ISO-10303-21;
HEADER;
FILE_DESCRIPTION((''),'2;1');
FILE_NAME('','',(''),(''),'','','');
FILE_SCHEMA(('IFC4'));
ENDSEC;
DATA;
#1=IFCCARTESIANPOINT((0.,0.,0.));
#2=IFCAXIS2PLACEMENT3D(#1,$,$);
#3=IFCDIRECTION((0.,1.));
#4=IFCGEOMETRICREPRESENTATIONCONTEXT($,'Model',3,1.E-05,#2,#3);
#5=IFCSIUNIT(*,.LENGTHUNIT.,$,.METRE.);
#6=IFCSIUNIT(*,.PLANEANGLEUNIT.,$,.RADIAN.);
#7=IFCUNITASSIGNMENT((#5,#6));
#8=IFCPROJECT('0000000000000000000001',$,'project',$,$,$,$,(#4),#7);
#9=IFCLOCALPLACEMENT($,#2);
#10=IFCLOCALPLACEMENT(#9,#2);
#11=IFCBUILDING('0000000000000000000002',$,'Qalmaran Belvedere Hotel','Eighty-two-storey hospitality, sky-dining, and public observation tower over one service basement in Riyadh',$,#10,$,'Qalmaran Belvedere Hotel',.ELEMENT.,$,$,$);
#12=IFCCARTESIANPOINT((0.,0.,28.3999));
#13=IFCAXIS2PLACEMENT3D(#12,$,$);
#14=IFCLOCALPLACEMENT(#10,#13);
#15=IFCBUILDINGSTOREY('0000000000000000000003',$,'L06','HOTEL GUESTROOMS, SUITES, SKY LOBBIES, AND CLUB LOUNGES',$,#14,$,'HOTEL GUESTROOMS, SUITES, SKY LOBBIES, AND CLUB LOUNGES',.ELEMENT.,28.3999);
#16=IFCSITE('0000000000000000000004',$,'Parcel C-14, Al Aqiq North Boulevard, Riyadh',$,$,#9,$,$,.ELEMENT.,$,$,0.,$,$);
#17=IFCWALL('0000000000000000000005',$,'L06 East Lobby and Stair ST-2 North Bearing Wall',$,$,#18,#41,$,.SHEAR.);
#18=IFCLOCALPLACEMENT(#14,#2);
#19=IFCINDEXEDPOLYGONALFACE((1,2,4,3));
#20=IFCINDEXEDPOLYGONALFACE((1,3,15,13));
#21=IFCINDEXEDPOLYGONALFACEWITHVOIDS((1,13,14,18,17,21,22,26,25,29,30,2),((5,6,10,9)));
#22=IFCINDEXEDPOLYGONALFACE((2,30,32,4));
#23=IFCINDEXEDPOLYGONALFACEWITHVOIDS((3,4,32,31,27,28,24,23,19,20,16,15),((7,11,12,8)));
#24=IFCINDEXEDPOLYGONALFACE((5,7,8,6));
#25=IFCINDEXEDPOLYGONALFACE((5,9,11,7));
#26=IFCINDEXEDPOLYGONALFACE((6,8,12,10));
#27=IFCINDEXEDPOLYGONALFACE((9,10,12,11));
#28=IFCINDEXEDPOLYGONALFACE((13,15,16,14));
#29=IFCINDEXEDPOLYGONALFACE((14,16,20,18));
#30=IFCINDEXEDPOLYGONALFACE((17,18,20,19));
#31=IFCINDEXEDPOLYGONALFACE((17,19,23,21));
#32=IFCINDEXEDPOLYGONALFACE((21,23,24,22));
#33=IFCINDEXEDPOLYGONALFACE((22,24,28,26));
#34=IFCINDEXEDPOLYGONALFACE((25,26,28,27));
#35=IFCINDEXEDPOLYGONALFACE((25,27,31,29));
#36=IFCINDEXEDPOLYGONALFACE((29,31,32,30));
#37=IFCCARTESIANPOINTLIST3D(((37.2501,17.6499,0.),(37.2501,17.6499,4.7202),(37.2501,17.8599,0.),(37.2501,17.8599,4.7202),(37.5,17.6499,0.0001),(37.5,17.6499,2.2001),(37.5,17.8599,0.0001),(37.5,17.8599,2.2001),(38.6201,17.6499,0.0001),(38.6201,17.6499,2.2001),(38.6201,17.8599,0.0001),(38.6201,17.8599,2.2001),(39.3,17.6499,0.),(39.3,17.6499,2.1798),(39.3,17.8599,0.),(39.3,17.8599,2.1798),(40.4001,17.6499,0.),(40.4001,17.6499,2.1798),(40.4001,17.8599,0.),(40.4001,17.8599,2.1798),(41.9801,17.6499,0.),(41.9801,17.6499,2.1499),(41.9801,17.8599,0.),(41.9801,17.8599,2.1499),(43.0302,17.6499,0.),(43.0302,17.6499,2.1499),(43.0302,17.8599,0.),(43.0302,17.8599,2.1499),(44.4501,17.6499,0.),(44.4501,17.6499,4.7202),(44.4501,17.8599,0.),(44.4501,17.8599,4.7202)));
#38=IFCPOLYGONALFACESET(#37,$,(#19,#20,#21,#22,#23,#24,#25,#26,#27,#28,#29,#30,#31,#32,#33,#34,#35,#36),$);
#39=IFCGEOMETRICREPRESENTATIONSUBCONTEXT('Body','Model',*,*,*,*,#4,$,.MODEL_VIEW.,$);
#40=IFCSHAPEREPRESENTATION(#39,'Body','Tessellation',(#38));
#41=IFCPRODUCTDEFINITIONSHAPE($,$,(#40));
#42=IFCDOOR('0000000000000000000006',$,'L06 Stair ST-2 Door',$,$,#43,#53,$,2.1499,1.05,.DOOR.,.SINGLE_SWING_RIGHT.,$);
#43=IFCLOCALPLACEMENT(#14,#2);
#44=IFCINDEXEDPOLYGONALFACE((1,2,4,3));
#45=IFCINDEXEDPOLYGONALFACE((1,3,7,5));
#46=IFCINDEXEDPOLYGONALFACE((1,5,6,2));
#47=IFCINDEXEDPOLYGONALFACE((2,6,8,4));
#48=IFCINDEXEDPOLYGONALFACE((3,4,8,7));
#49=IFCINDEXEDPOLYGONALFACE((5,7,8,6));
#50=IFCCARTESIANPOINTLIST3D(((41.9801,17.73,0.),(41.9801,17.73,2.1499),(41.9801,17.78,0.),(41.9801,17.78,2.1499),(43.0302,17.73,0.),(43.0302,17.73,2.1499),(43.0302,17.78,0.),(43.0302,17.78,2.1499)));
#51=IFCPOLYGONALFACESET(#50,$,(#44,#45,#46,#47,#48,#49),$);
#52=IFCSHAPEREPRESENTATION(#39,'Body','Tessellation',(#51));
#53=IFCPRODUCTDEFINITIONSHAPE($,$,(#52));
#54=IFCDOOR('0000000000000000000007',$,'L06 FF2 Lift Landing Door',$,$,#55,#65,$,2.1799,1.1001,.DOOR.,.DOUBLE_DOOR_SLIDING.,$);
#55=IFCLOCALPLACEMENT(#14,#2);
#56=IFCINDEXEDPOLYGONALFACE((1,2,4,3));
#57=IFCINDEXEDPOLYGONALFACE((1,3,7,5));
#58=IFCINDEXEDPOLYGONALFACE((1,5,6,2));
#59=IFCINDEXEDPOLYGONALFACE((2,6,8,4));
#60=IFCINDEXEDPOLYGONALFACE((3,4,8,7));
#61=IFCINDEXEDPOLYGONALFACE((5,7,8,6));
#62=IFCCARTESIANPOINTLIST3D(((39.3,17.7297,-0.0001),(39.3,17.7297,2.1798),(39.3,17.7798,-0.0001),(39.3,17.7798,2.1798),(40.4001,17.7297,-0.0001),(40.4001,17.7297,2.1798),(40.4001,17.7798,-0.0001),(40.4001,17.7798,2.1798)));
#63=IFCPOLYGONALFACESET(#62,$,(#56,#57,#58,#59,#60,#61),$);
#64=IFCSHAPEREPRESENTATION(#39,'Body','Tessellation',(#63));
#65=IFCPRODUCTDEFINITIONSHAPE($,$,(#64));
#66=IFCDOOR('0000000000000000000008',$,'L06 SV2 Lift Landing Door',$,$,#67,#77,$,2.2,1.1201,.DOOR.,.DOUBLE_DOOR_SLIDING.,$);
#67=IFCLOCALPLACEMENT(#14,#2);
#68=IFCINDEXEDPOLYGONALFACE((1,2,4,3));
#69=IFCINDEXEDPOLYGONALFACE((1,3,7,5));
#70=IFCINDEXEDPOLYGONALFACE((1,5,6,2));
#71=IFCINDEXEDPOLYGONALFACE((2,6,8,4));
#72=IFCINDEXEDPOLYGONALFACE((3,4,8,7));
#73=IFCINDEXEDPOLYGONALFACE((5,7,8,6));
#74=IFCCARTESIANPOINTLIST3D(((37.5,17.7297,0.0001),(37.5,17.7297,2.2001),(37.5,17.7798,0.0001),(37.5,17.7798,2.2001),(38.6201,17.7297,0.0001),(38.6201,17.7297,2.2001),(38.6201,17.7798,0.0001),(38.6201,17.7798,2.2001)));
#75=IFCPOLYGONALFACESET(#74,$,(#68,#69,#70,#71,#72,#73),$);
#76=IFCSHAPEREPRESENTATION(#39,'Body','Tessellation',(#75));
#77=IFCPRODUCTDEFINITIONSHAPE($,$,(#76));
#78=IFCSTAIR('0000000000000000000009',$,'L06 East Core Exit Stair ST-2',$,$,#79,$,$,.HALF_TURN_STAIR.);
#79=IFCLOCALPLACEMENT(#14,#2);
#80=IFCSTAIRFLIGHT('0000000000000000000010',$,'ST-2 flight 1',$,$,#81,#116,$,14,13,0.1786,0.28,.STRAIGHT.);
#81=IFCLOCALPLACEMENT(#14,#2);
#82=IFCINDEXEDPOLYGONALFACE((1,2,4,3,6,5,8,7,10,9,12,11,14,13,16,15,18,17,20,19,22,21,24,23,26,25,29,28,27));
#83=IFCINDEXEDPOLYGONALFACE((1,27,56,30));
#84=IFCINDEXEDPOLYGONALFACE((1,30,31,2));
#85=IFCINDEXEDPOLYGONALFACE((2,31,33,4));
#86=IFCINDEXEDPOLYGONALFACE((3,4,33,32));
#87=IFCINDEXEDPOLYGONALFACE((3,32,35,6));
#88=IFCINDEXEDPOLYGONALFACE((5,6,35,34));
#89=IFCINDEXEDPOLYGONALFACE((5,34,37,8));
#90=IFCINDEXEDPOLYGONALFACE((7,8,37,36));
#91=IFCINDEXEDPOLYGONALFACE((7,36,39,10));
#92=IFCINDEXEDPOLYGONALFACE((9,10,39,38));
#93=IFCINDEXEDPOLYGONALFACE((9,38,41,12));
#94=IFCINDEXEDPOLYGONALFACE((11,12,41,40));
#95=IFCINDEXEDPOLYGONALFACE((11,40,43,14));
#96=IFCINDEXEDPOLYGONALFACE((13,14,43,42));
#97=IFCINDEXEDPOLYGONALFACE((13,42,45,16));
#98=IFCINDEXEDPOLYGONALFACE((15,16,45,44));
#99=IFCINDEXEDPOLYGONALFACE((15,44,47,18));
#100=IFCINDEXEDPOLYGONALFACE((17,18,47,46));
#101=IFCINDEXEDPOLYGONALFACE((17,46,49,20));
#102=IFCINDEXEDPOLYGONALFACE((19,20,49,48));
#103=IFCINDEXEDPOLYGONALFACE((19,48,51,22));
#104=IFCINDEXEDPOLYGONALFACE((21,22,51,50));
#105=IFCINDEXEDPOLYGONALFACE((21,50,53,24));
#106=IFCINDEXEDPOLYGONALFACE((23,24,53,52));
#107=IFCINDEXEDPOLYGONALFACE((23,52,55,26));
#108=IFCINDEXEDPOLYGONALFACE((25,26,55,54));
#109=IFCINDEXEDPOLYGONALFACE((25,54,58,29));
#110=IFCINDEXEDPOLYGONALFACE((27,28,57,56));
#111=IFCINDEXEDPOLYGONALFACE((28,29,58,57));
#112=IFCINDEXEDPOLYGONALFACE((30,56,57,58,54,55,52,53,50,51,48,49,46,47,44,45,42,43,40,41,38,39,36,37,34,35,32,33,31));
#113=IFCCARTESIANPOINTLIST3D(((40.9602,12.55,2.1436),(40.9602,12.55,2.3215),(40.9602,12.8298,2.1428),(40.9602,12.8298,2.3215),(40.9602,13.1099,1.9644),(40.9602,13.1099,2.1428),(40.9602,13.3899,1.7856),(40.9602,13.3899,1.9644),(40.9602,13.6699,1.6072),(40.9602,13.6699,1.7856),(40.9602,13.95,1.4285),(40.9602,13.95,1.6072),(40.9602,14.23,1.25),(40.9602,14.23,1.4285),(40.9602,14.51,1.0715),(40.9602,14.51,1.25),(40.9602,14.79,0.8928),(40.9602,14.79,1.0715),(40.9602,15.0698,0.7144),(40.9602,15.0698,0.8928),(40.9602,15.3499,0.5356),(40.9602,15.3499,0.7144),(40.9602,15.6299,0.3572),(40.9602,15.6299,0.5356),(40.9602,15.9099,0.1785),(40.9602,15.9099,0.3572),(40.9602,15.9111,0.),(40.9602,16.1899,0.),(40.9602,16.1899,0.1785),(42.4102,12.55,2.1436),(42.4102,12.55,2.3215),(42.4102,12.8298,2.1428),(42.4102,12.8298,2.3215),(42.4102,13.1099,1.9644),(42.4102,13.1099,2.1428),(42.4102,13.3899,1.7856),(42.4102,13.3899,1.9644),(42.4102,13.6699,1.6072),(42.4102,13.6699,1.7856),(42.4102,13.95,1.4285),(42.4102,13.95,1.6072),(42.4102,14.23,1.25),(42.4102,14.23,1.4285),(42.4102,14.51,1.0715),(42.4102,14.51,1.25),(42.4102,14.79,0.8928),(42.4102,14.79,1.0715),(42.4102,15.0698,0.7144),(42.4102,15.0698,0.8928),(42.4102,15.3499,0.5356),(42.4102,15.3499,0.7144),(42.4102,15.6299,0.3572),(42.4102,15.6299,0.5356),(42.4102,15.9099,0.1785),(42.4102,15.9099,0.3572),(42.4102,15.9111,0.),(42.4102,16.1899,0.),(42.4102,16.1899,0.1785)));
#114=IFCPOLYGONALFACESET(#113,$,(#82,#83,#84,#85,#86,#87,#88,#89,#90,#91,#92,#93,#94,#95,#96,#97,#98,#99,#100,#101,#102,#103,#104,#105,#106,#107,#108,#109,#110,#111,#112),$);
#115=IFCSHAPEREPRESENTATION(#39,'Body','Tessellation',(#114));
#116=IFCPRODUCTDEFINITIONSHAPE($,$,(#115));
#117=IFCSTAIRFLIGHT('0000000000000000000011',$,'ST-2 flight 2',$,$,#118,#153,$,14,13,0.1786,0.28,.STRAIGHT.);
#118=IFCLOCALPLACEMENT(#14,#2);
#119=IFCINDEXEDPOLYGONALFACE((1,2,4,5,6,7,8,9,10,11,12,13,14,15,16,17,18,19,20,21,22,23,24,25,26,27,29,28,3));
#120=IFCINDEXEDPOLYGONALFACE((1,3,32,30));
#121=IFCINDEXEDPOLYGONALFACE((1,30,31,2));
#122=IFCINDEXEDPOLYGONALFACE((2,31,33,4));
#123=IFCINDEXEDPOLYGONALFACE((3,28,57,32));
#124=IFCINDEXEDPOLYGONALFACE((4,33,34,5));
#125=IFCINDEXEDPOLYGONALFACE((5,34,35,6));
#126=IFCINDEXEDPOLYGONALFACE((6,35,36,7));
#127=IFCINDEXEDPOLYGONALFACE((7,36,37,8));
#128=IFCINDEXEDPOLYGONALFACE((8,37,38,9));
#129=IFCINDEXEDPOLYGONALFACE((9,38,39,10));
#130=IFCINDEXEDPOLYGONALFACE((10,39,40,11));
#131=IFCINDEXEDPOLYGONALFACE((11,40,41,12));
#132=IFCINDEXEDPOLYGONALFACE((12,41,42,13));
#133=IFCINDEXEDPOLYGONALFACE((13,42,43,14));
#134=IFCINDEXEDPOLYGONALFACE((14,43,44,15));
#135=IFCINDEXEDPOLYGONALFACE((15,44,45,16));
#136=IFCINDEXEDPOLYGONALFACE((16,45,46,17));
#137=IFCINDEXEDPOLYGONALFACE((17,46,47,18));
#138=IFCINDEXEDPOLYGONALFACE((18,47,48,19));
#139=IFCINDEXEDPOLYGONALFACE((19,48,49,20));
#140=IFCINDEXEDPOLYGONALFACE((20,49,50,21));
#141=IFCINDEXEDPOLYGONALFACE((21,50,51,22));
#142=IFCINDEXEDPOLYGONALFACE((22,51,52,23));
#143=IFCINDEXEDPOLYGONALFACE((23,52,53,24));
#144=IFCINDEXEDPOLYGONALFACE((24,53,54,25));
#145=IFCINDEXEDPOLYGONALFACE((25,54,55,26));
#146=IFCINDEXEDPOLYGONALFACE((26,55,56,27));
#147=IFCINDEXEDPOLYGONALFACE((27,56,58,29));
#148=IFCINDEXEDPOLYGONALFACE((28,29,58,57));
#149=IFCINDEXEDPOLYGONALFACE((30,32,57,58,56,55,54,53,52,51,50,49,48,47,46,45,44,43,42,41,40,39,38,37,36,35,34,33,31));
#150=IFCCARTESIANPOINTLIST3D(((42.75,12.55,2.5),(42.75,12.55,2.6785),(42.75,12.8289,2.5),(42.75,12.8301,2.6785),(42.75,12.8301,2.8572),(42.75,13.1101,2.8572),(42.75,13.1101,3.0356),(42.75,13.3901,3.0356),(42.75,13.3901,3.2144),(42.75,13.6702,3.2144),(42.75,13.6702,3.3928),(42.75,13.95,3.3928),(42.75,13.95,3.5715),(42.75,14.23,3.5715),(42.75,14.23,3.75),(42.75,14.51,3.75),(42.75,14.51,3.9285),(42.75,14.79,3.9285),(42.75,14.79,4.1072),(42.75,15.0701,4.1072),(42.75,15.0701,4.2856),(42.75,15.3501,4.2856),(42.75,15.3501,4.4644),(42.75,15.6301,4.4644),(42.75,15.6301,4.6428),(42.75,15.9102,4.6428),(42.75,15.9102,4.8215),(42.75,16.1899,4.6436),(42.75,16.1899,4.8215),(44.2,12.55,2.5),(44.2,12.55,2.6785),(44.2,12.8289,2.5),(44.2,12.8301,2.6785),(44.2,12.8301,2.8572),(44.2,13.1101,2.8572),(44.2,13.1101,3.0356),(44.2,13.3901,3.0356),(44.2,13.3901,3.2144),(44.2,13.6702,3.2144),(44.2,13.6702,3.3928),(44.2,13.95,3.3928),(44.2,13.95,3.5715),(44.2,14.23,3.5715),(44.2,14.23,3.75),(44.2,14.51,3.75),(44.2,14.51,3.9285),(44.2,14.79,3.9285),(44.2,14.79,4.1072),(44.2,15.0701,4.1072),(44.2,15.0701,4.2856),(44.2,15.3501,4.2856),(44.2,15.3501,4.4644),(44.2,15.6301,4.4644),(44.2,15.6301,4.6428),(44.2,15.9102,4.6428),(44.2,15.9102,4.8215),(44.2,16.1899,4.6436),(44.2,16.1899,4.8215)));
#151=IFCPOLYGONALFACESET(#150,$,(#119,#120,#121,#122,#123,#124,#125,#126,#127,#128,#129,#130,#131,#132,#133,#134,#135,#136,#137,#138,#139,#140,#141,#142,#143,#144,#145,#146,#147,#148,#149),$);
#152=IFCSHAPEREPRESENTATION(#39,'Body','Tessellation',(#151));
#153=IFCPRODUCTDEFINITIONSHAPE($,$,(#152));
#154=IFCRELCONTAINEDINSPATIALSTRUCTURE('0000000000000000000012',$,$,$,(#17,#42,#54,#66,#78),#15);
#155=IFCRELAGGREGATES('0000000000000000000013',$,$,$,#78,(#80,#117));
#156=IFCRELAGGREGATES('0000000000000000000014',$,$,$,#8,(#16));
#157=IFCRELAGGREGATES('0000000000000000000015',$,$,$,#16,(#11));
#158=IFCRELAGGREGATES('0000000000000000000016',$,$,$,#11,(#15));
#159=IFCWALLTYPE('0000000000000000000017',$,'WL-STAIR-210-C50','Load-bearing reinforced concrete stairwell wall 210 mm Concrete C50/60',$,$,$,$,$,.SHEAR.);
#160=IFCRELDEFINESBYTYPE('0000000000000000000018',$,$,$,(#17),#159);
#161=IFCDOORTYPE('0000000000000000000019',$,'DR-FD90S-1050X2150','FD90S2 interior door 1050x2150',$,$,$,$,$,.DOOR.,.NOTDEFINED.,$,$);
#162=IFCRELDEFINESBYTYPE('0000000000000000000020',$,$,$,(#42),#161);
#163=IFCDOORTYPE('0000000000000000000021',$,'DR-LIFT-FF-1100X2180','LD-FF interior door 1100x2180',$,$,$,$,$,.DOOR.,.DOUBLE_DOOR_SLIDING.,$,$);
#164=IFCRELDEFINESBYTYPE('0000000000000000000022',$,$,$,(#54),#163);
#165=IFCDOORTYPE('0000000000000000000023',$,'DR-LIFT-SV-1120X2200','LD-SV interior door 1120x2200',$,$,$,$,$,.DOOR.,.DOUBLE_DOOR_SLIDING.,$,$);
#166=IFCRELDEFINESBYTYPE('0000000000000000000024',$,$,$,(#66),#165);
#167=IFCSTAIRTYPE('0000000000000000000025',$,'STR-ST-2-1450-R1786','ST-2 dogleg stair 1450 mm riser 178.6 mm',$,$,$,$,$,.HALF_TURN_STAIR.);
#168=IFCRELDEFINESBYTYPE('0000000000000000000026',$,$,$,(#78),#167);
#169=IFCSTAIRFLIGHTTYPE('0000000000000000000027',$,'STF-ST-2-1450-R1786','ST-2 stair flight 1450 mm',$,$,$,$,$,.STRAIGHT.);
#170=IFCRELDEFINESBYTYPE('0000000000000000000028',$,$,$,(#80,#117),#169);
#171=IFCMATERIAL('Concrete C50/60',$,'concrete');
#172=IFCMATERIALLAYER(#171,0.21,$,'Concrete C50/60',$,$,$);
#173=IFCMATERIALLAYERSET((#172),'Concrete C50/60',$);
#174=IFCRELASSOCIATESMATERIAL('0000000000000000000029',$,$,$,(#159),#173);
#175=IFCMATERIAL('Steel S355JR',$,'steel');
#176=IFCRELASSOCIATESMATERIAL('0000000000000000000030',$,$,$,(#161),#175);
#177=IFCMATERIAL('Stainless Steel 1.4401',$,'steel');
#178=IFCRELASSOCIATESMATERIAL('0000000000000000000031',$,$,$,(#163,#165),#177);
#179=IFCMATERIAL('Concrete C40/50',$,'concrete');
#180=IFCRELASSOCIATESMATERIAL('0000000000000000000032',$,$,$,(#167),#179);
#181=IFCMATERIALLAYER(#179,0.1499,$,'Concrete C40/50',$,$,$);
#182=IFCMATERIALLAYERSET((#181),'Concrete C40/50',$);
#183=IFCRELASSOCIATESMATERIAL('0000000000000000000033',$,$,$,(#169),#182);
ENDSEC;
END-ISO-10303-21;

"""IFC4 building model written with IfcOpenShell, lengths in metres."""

from ifc_helpers import new_model, si_unit, direction, frame, frame_2d, origin, place, context, subcontext, project, spatial, polyline, rectangle, outline, extrude, material, layer, layer_set, type_object, element, fill, aggregate, save


model = new_model("IFC4")

# Units and contexts
model_context = context("Model", 3, precision=1e-05, world=origin(), true_north=direction((0.0, 1.0)))
body_context = subcontext(model_context, "Body", "Model", "MODEL_VIEW")
ifc_project = project(units=[si_unit("LENGTHUNIT", "METRE"), si_unit("PLANEANGLEUNIT", "RADIAN")], contexts=[model_context])

# Site, building, storey
site_placement = place(None, origin())
site = spatial("IfcSite", under=ifc_project, at=site_placement, Name="Parcel C-14, Al Aqiq North Boulevard, Riyadh", CompositionType="ELEMENT", RefElevation=0.0)
building_placement = place(site_placement, origin())
building = spatial("IfcBuilding", under=site, at=building_placement, Name="Qalmaran Belvedere Hotel", Description="Eighty-two-storey hospitality, sky-dining, and public observation tower over one service basement in Riyadh", LongName="Qalmaran Belvedere Hotel", CompositionType="ELEMENT")
storey_placement = place(building_placement, frame((0.0, 0.0, 28.3999)))
storey = spatial("IfcBuildingStorey", under=building, at=storey_placement, Name="L06", Description="HOTEL GUESTROOMS, SUITES, SKY LOBBIES, AND CLUB LOUNGES", LongName="HOTEL GUESTROOMS, SUITES, SKY LOBBIES, AND CLUB LOUNGES", CompositionType="ELEMENT", Elevation=28.3999)

# Shared definitions
ifc_material_1 = material(Name="Steel S355JR", Category="steel")

# Wall, openings, doors
ifc_material_2 = material(Name="Concrete C50/60", Category="concrete")
ifc_layer_1 = layer(ifc_material_2, 0.21, Name="Concrete C50/60")
ifc_layer_set_1 = layer_set([ifc_layer_1], Name="Concrete C50/60")
wall_type_1 = type_object("IfcWallType", Name="WL-STAIR-210-C50", Description="Load-bearing reinforced concrete stairwell wall 210 mm Concrete C50/60", PredefinedType="SHEAR", material=ifc_layer_set_1)
wall_1_placement = place(storey_placement, frame((37.25, 17.7549, 0.0), z_axis=(0.0, 0.0, 1.0), x_axis=(1.0, 0.0, 0.0)))
wall_1 = element("IfcWall", 1, at=wall_1_placement, inside=storey, type_object=wall_type_1, Name="L06 East Lobby and Stair ST-2 North Bearing Wall", PredefinedType="SHEAR", context=body_context, shape_type="SweptSolid", body=[
    extrude(rectangle(XDim=7.2, YDim=0.21, at=frame_2d((3.6001, 0.0))), origin(), (0.0, 0.0, 1.0), 4.7202),
])
opening_1_placement = place(wall_1_placement, frame((0.25, 0.0, 0.0)))
opening_1 = element("IfcOpeningElement", 2, at=opening_1_placement, cuts=wall_1, PredefinedType="OPENING", context=body_context, shape_type="SweptSolid", body=[
    extrude(rectangle(XDim=1.1201, YDim=2.2, at=frame_2d((0.5601, 1.1001))), frame((0.0, 0.115, 0.0), z_axis=(0.0, -1.0, 0.0), x_axis=(1.0, 0.0, 0.0)), (0.0, 0.0, 1.0), 0.23),
])
opening_2_placement = place(wall_1_placement, frame((2.05, 0.0, 0.0)))
opening_2 = element("IfcOpeningElement", 3, at=opening_2_placement, cuts=wall_1, PredefinedType="OPENING", context=body_context, shape_type="SweptSolid", body=[
    extrude(rectangle(XDim=1.1001, YDim=2.1799, at=frame_2d((0.55, 1.0898))), frame((0.0, 0.115, 0.0), z_axis=(0.0, -1.0, 0.0), x_axis=(1.0, 0.0, 0.0)), (0.0, 0.0, 1.0), 0.23),
])
opening_3_placement = place(wall_1_placement, frame((5.78, 0.0, 0.0), z_axis=(0.0, 0.0, 1.0), x_axis=(-1.0, 0.0, 0.0)))
opening_3 = element("IfcOpeningElement", 4, at=opening_3_placement, cuts=wall_1, PredefinedType="OPENING", context=body_context, shape_type="SweptSolid", body=[
    extrude(rectangle(XDim=1.05, YDim=2.1499, at=frame_2d((0.5249, 1.075))), frame((0.0, 0.115, 0.0), z_axis=(0.0, -1.0, 0.0), x_axis=(1.0, 0.0, 0.0)), (0.0, 0.0, 1.0), 0.23),
])
door_type_1 = type_object("IfcDoorType", Name="DR-FD90S-1050X2150", Description="FD90S2 interior door 1050x2150", OperationType="NOTDEFINED", PredefinedType="DOOR", material=ifc_material_1)
door_1_placement = place(opening_3_placement, origin())
door_1 = element("IfcDoor", 5, at=door_1_placement, inside=storey, type_object=door_type_1, Name="L06 Stair ST-2 Door", OperationType="SINGLE_SWING_RIGHT", OverallHeight=2.1499, OverallWidth=1.05, PredefinedType="DOOR", context=body_context, shape_type="SweptSolid", body=[
    extrude(rectangle(XDim=1.05, YDim=2.1499, at=frame_2d((0.5249, 1.075))), frame((0.0, 0.0249, 0.0), z_axis=(0.0, -1.0, 0.0), x_axis=(1.0, 0.0, 0.0)), (0.0, 0.0, 1.0), 0.05),
])
fill(opening_3, door_1)
ifc_material_3 = material(Name="Stainless Steel 1.4401", Category="steel")
door_type_2 = type_object("IfcDoorType", Name="DR-LIFT-FF-1100X2180", Description="LD-FF interior door 1100x2180", OperationType="DOUBLE_DOOR_SLIDING", PredefinedType="DOOR", material=ifc_material_3)
door_2_placement = place(opening_2_placement, origin())
door_2 = element("IfcDoor", 6, at=door_2_placement, inside=storey, type_object=door_type_2, Name="L06 FF2 Lift Landing Door", OperationType="DOUBLE_DOOR_SLIDING", OverallHeight=2.1799, OverallWidth=1.1001, PredefinedType="DOOR", context=body_context, shape_type="SweptSolid", body=[
    extrude(rectangle(XDim=1.1001, YDim=2.1799, at=frame_2d((0.55, 1.0898))), frame((0.0, 0.0249, 0.0), z_axis=(0.0, -1.0, 0.0), x_axis=(1.0, 0.0, 0.0)), (0.0, 0.0, 1.0), 0.05),
])
fill(opening_2, door_2)
door_type_3 = type_object("IfcDoorType", Name="DR-LIFT-SV-1120X2200", Description="LD-SV interior door 1120x2200", OperationType="DOUBLE_DOOR_SLIDING", PredefinedType="DOOR", material=ifc_material_3)
door_3_placement = place(opening_1_placement, origin())
door_3 = element("IfcDoor", 7, at=door_3_placement, inside=storey, type_object=door_type_3, Name="L06 SV2 Lift Landing Door", OperationType="DOUBLE_DOOR_SLIDING", OverallHeight=2.2, OverallWidth=1.1201, PredefinedType="DOOR", context=body_context, shape_type="SweptSolid", body=[
    extrude(rectangle(XDim=1.1201, YDim=2.2, at=frame_2d((0.5601, 1.1001))), frame((0.0, 0.0249, 0.0), z_axis=(0.0, -1.0, 0.0), x_axis=(1.0, 0.0, 0.0)), (0.0, 0.0, 1.0), 0.05),
])
fill(opening_1, door_3)

# Stair, stair flights
ifc_material_4 = material(Name="Concrete C40/50", Category="concrete")
stair_type = type_object("IfcStairType", Name="STR-ST-2-1450-R1786", Description="ST-2 dogleg stair 1450 mm riser 178.6 mm", PredefinedType="HALF_TURN_STAIR", material=ifc_material_4)
stair_placement = place(storey_placement, origin())
stair = element("IfcStair", 8, at=stair_placement, inside=storey, type_object=stair_type, Name="L06 East Core Exit Stair ST-2", PredefinedType="HALF_TURN_STAIR")
ifc_layer_2 = layer(ifc_material_4, 0.1499, Name="Concrete C40/50")
ifc_layer_set_2 = layer_set([ifc_layer_2], Name="Concrete C40/50")
stair_flight_type = type_object("IfcStairFlightType", Name="STF-ST-2-1450-R1786", Description="ST-2 stair flight 1450 mm", PredefinedType="STRAIGHT", material=ifc_layer_set_2)
stair_flight_1_placement = place(storey_placement, frame((41.6851, 16.1899, 0.0), z_axis=(0.0, 0.0, 1.0), x_axis=(0.0, -1.0, 0.0)))
stair_flight_1 = element("IfcStairFlight", 9, at=stair_flight_1_placement, type_object=stair_flight_type, Name="ST-2 flight 1", NumberOfRisers=14, NumberOfTreads=13, PredefinedType="STRAIGHT", RiserHeight=0.1786, TreadLength=0.28, context=body_context, shape_type="SweptSolid", body=[
    extrude(outline(polyline([(0.0, 0.0), (0.0, 0.1785), (0.28, 0.1785), (0.28, 0.3572), (0.5601, 0.3572), (0.5601, 0.5356), (0.8401, 0.5356), (0.8401, 0.7144), (1.1201, 0.7144), (1.1201, 0.8928), (1.3999, 0.8928), (1.3999, 1.0715), (1.6799, 1.0715), (1.6799, 1.25), (1.96, 1.25), (1.96, 1.4285), (2.24, 1.4285), (2.24, 1.6072), (2.52, 1.6072), (2.52, 1.7856), (2.8, 1.7856), (2.8, 1.9644), (3.0801, 1.9644), (3.0801, 2.1428), (3.3601, 2.1428), (3.3601, 2.3215), (3.6399, 2.3215), (3.6399, 2.5), (3.6399, 2.1436), (0.2788, 0.0), (0.0, 0.0)])), frame((0.0, 0.7251, 0.0), z_axis=(0.0, -1.0, 0.0), x_axis=(1.0, 0.0, 0.0)), (0.0, 0.0, 1.0), 1.45),
])
stair_flight_2_placement = place(storey_placement, frame((43.4751, 12.55, 2.5), z_axis=(0.0, 0.0, 1.0), x_axis=(0.0, 1.0, 0.0)))
stair_flight_2 = element("IfcStairFlight", 10, at=stair_flight_2_placement, type_object=stair_flight_type, Name="ST-2 flight 2", NumberOfRisers=14, NumberOfTreads=13, PredefinedType="STRAIGHT", RiserHeight=0.1786, TreadLength=0.28, context=body_context, shape_type="SweptSolid", body=[
    extrude(outline(polyline([(0.0, 0.0), (0.0, 0.1785), (0.28, 0.1785), (0.28, 0.3572), (0.5601, 0.3572), (0.5601, 0.5356), (0.8401, 0.5356), (0.8401, 0.7144), (1.1201, 0.7144), (1.1201, 0.8928), (1.3999, 0.8928), (1.3999, 1.0715), (1.6799, 1.0715), (1.6799, 1.25), (1.96, 1.25), (1.96, 1.4285), (2.24, 1.4285), (2.24, 1.6072), (2.52, 1.6072), (2.52, 1.7856), (2.8, 1.7856), (2.8, 1.9644), (3.0801, 1.9644), (3.0801, 2.1428), (3.3601, 2.1428), (3.3601, 2.3215), (3.6399, 2.3215), (3.6399, 2.5), (3.6399, 2.1436), (0.2788, 0.0), (0.0, 0.0)])), frame((0.0, 0.7251, 0.0), z_axis=(0.0, -1.0, 0.0), x_axis=(1.0, 0.0, 0.0)), (0.0, 0.0, 1.0), 1.45),
])
aggregate(stair, [stair_flight_1, stair_flight_2])

save(model, "model.ifc")
